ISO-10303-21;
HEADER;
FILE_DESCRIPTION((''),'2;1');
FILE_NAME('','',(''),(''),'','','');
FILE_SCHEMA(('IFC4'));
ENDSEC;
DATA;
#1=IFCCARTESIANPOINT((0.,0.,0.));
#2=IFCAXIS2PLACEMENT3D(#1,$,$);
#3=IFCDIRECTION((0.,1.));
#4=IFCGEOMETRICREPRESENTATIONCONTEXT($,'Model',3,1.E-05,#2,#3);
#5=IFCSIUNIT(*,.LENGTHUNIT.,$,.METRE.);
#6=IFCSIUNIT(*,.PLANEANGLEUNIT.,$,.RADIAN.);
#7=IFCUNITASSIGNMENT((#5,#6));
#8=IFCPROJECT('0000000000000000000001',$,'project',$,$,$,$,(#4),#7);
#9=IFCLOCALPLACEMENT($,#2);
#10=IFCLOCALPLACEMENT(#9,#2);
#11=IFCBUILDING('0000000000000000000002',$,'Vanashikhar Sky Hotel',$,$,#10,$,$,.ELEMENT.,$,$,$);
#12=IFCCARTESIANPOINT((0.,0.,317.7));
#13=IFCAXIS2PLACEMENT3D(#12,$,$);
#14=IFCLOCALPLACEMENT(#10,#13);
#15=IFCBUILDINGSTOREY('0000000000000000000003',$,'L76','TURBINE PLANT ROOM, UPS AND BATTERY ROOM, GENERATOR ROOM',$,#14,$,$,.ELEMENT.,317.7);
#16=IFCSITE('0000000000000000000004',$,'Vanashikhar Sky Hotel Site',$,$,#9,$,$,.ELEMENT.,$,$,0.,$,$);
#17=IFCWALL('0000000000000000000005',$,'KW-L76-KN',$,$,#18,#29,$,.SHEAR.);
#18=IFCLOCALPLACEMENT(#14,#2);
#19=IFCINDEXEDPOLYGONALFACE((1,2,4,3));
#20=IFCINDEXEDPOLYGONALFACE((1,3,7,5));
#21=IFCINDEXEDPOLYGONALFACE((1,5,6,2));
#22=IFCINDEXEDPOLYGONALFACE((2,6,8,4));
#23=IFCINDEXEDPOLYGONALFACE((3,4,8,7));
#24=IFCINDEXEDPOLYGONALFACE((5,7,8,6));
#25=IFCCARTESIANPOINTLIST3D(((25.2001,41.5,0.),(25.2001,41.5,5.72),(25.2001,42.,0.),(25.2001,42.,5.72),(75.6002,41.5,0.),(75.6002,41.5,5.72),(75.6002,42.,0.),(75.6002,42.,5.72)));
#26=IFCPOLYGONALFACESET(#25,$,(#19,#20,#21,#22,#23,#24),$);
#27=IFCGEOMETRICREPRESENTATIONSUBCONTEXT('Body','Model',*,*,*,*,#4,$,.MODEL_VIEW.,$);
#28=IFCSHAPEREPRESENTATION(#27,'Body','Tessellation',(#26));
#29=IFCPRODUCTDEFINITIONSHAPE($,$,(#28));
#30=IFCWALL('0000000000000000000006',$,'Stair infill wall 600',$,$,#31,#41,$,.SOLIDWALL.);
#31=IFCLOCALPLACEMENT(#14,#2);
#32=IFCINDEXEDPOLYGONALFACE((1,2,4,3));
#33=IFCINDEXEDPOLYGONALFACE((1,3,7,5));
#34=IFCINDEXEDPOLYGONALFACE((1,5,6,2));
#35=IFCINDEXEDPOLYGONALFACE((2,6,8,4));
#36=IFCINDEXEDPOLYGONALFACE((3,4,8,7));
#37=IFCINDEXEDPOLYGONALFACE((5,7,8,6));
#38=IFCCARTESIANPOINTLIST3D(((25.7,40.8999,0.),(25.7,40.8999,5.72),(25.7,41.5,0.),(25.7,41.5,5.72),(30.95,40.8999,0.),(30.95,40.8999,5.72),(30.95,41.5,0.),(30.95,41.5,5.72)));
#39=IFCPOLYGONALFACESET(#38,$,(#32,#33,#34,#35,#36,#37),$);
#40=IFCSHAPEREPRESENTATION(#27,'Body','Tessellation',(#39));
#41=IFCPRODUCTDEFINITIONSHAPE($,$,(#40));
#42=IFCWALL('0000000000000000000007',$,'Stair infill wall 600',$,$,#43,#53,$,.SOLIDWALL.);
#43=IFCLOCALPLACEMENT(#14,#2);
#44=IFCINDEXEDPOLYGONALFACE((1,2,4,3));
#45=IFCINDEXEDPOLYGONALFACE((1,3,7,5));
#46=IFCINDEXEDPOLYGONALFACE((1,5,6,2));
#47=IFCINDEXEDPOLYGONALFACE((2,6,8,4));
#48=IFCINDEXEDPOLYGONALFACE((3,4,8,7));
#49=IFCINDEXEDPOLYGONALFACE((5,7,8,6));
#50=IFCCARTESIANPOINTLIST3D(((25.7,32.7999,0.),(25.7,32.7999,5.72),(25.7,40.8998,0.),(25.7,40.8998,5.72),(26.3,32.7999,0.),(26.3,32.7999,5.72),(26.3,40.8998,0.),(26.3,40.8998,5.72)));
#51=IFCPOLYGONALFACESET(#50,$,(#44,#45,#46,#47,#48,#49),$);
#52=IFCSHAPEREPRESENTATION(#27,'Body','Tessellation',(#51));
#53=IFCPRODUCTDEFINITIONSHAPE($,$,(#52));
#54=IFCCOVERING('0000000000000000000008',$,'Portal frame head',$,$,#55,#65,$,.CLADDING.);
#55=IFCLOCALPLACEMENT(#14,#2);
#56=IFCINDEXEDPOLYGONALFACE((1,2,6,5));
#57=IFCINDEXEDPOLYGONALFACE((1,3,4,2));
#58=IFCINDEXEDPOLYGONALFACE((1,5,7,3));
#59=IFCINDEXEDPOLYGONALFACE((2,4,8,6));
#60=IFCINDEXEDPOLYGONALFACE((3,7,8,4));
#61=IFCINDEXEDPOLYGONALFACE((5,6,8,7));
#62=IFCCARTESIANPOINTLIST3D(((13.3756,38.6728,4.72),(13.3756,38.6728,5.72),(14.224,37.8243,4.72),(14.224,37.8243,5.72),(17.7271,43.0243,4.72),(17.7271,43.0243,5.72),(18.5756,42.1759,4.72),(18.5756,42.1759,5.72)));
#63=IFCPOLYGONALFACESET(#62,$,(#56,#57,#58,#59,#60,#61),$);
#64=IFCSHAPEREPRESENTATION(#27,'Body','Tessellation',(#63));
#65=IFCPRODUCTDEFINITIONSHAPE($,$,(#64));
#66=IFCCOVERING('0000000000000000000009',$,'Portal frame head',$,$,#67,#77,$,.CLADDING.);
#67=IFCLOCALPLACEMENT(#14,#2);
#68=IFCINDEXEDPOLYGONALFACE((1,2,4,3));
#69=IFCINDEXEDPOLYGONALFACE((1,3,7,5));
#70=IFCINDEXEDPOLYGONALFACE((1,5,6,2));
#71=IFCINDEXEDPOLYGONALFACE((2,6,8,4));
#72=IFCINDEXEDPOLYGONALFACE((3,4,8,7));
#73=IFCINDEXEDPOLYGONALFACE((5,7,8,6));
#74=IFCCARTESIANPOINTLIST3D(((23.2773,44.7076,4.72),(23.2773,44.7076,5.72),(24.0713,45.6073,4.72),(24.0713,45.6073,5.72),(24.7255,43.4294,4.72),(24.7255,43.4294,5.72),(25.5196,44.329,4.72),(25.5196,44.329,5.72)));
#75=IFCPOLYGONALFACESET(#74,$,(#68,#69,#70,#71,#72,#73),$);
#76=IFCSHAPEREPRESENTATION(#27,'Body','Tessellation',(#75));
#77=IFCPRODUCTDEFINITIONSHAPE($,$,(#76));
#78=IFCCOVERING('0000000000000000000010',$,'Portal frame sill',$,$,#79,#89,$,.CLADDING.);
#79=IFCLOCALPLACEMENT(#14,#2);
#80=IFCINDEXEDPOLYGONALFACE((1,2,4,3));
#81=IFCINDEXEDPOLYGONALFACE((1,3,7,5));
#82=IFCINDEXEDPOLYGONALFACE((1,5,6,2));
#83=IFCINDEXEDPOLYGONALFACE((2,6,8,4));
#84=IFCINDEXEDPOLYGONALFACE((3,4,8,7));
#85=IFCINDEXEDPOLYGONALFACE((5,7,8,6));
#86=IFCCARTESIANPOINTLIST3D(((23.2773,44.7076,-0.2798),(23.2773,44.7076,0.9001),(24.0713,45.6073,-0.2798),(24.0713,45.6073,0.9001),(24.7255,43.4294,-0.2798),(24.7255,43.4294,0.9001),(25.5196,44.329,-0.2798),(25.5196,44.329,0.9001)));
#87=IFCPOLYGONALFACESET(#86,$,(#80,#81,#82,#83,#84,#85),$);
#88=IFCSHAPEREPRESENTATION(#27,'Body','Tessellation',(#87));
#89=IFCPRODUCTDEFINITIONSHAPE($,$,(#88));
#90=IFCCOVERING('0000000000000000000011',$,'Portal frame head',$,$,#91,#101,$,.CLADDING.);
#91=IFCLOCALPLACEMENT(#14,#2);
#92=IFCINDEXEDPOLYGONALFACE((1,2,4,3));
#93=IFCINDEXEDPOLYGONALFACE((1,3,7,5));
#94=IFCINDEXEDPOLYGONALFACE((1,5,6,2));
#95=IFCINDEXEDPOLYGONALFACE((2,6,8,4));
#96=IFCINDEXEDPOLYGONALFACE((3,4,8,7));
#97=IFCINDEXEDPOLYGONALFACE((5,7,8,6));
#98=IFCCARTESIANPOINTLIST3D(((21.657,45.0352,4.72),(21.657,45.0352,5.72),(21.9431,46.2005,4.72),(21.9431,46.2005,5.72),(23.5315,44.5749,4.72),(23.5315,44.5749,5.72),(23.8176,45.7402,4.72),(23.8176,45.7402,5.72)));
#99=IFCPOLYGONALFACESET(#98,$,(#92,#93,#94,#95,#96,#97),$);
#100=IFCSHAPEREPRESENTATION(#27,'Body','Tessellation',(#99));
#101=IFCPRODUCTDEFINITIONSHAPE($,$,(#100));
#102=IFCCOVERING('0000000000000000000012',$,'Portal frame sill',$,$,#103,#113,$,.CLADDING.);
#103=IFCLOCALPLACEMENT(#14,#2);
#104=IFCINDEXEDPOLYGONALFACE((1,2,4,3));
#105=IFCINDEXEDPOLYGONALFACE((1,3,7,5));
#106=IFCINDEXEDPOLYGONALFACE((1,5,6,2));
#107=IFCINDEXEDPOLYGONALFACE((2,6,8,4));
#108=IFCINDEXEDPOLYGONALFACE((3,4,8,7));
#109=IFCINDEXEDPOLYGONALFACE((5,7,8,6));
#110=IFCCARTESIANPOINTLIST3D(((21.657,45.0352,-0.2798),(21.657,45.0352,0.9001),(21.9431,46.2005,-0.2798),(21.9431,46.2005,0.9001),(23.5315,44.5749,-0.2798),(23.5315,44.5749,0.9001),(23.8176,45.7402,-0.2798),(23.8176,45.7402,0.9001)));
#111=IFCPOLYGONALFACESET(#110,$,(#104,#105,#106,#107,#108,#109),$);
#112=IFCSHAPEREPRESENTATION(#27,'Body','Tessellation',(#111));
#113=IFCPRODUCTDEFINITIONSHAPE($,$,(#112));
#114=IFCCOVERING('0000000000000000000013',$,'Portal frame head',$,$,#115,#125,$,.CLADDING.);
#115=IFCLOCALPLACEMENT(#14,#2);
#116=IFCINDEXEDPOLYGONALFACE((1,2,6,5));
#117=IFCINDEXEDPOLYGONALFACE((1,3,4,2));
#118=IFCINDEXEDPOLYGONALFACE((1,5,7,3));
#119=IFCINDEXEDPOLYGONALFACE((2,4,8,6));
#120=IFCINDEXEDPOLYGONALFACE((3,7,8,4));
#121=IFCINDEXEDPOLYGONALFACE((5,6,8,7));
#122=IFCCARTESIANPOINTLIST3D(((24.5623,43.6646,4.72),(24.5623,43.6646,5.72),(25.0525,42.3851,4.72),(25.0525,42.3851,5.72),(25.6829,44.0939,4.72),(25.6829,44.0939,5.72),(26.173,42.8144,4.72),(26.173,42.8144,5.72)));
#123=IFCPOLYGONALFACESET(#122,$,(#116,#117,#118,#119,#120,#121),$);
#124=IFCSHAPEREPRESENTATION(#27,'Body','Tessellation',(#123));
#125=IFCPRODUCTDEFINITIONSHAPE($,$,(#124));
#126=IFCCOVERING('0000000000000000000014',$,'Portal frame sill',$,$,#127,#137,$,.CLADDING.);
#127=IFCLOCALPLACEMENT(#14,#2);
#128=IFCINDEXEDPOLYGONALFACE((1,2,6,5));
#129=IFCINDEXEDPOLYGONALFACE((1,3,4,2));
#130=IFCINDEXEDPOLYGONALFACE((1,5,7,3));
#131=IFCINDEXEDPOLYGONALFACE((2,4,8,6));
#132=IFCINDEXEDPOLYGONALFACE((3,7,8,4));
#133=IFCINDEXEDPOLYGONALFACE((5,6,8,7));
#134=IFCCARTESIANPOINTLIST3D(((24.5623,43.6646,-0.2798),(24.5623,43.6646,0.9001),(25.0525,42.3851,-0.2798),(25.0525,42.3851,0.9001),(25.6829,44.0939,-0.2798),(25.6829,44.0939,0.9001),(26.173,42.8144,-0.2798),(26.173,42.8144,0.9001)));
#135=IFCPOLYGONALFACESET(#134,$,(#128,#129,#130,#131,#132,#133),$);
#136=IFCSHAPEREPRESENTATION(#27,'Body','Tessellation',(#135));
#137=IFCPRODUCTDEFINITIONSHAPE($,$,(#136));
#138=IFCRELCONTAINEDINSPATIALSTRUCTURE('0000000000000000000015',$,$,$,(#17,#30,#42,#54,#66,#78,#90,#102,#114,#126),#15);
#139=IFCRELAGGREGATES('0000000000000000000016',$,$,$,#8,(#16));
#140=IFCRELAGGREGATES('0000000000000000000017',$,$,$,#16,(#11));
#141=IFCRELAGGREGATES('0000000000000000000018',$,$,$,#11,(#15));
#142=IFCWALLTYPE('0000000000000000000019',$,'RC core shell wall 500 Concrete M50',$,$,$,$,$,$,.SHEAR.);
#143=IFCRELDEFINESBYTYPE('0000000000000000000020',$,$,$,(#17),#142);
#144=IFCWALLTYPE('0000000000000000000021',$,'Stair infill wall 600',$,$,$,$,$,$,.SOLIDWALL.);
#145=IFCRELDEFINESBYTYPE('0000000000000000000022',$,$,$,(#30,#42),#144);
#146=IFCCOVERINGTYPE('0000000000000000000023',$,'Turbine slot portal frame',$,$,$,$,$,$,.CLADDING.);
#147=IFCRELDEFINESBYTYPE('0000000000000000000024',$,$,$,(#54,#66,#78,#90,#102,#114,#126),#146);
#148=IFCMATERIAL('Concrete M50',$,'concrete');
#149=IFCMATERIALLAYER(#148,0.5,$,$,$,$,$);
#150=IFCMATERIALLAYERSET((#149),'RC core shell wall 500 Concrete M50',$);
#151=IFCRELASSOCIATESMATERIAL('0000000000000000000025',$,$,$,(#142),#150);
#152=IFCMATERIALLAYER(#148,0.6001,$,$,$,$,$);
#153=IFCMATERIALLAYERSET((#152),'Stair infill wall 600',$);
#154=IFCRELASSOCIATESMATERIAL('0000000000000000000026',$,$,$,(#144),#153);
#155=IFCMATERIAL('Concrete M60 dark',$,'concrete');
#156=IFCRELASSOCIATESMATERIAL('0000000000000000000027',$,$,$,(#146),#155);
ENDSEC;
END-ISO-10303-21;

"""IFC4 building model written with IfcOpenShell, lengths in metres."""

from ifc_helpers import new_model, si_unit, direction, frame, frame_2d, origin, origin_2d, place, context, subcontext, project, spatial, rectangle, extrude, source, transform, mapped, material, layer, layer_set, type_object, element, save


model = new_model("IFC4")

# Units and contexts
model_context = context("Model", 3, precision=1e-05, world=origin(), true_north=direction((0.0, 1.0)))
body_context = subcontext(model_context, "Body", "Model", "MODEL_VIEW")
ifc_project = project(units=[si_unit("LENGTHUNIT", "METRE"), si_unit("PLANEANGLEUNIT", "RADIAN")], contexts=[model_context])

# Site, building, storey
site_placement = place(None, origin())
site = spatial("IfcSite", under=ifc_project, at=site_placement, Name="Vanashikhar Sky Hotel Site", CompositionType="ELEMENT", RefElevation=0.0)
building_placement = place(site_placement, origin())
building = spatial("IfcBuilding", under=site, at=building_placement, Name="Vanashikhar Sky Hotel", CompositionType="ELEMENT")
storey_placement = place(building_placement, frame((0.0, 0.0, 317.7)))
storey = spatial("IfcBuildingStorey", under=building, at=storey_placement, Name="L76", Description="TURBINE PLANT ROOM, UPS AND BATTERY ROOM, GENERATOR ROOM", CompositionType="ELEMENT", Elevation=317.7)

# Walls
ifc_material_1 = material(Name="Concrete M50", Category="concrete")
ifc_layer_1 = layer(ifc_material_1, 0.5)
ifc_layer_set_1 = layer_set([ifc_layer_1], Name="RC core shell wall 500 Concrete M50")
wall_type_1 = type_object("IfcWallType", Name="RC core shell wall 500 Concrete M50", PredefinedType="SHEAR", material=ifc_layer_set_1)
shared_shape_1 = source(origin(), body_context, "Body", "SweptSolid", [
    extrude(rectangle(XDim=50.4001, YDim=0.5, at=frame_2d((25.2002, 0.0))), origin(), (0.0, 0.0, 1.0), 5.72),
])
wall_1_placement = place(storey_placement, frame((25.2, 41.75, 0.0), z_axis=(0.0, 0.0, 1.0), x_axis=(1.0, 0.0, 0.0)))
element("IfcWall", 1, at=wall_1_placement, inside=storey, type_object=wall_type_1, Name="KW-L76-KN", PredefinedType="SHEAR", context=body_context, shape_type="MappedRepresentation", body=[
    mapped(shared_shape_1, transform((0.0, 0.0, 0.0), scale=1.0)),
])
ifc_layer_2 = layer(ifc_material_1, 0.6001)
ifc_layer_set_2 = layer_set([ifc_layer_2], Name="Stair infill wall 600")
wall_type_2 = type_object("IfcWallType", Name="Stair infill wall 600", PredefinedType="SOLIDWALL", material=ifc_layer_set_2)
shared_shape_2 = source(origin(), body_context, "Body", "SweptSolid", [
    extrude(rectangle(XDim=5.25, YDim=0.6001, at=frame_2d((2.625, 0.0))), origin(), (0.0, 0.0, 1.0), 5.72),
])
wall_2_placement = place(storey_placement, frame((25.7, 41.2, 0.0), z_axis=(0.0, 0.0, 1.0), x_axis=(1.0, 0.0, 0.0)))
element("IfcWall", 2, at=wall_2_placement, inside=storey, type_object=wall_type_2, Name="Stair infill wall 600", PredefinedType="SOLIDWALL", context=body_context, shape_type="MappedRepresentation", body=[
    mapped(shared_shape_2, transform((0.0, 0.0, 0.0), scale=1.0)),
])
shared_shape_3 = source(origin(), body_context, "Body", "SweptSolid", [
    extrude(rectangle(XDim=8.0999, YDim=0.6001, at=frame_2d((4.0498, 0.0))), origin(), (0.0, 0.0, 1.0), 5.72),
])
wall_3_placement = place(storey_placement, frame((26.0, 32.8, 0.0), z_axis=(0.0, 0.0, 1.0), x_axis=(0.0, 1.0, 0.0)))
element("IfcWall", 3, at=wall_3_placement, inside=storey, type_object=wall_type_2, Name="Stair infill wall 600", PredefinedType="SOLIDWALL", context=body_context, shape_type="MappedRepresentation", body=[
    mapped(shared_shape_3, transform((0.0, 0.0, 0.0), scale=1.0)),
])

# Coverings
ifc_material_2 = material(Name="Concrete M60 dark", Category="concrete")
covering_type = type_object("IfcCoveringType", Name="Turbine slot portal frame", PredefinedType="CLADDING", material=ifc_material_2)
shared_shape_4 = source(origin(), body_context, "Body", "SweptSolid", [
    extrude(rectangle(XDim=6.1541, YDim=1.2, at=origin_2d()), origin(), (0.0, 0.0, 1.0), 1.0),
])
covering_1_placement = place(storey_placement, frame((15.9756, 40.4243, 4.72), z_axis=(0.0, 0.0, 1.0), x_axis=(-0.707107, -0.707107, 0.0)))
element("IfcCovering", 4, at=covering_1_placement, inside=storey, type_object=covering_type, Name="Portal frame head", PredefinedType="CLADDING", context=body_context, shape_type="MappedRepresentation", body=[
    mapped(shared_shape_4, transform((0.0, 0.0, 0.0), scale=1.0)),
])
shared_shape_5 = source(origin(), body_context, "Body", "SweptSolid", [
    extrude(rectangle(XDim=1.9316, YDim=1.2, at=origin_2d()), origin(), (0.0, 0.0, 1.0), 1.0),
])
covering_2_placement = place(storey_placement, frame((24.3984, 44.5183, 4.72), z_axis=(0.0, 0.0, 1.0), x_axis=(-0.749742, 0.661731, 0.0)))
element("IfcCovering", 5, at=covering_2_placement, inside=storey, type_object=covering_type, Name="Portal frame head", PredefinedType="CLADDING", context=body_context, shape_type="MappedRepresentation", body=[
    mapped(shared_shape_5, transform((0.0, 0.0, 0.0), scale=1.0)),
])
shared_shape_6 = source(origin(), body_context, "Body", "SweptSolid", [
    extrude(rectangle(XDim=1.9316, YDim=1.2, at=origin_2d()), origin(), (0.0, 0.0, 1.0), 1.1799),
])
covering_3_placement = place(storey_placement, frame((24.3984, 44.5183, -0.2798), z_axis=(0.0, 0.0, 1.0), x_axis=(-0.749742, 0.661731, 0.0)))
element("IfcCovering", 6, at=covering_3_placement, inside=storey, type_object=covering_type, Name="Portal frame sill", PredefinedType="CLADDING", context=body_context, shape_type="MappedRepresentation", body=[
    mapped(shared_shape_6, transform((0.0, 0.0, 0.0), scale=1.0)),
])
shared_shape_7 = source(origin(), body_context, "Body", "SweptSolid", [
    extrude(rectangle(XDim=1.9302, YDim=1.2, at=origin_2d()), origin(), (0.0, 0.0, 1.0), 1.0),
])
covering_4_placement = place(storey_placement, frame((22.7373, 45.3877, 4.72), z_axis=(0.0, 0.0, 1.0), x_axis=(-0.971147, 0.238483, 0.0)))
element("IfcCovering", 7, at=covering_4_placement, inside=storey, type_object=covering_type, Name="Portal frame head", PredefinedType="CLADDING", context=body_context, shape_type="MappedRepresentation", body=[
    mapped(shared_shape_7, transform((0.0, 0.0, 0.0), scale=1.0)),
])
shared_shape_8 = source(origin(), body_context, "Body", "SweptSolid", [
    extrude(rectangle(XDim=1.9302, YDim=1.2, at=origin_2d()), origin(), (0.0, 0.0, 1.0), 1.1799),
])
covering_5_placement = place(storey_placement, frame((22.7373, 45.3877, -0.2798), z_axis=(0.0, 0.0, 1.0), x_axis=(-0.971147, 0.238483, 0.0)))
element("IfcCovering", 8, at=covering_5_placement, inside=storey, type_object=covering_type, Name="Portal frame sill", PredefinedType="CLADDING", context=body_context, shape_type="MappedRepresentation", body=[
    mapped(shared_shape_8, transform((0.0, 0.0, 0.0), scale=1.0)),
])
shared_shape_9 = source(origin(), body_context, "Body", "SweptSolid", [
    extrude(rectangle(XDim=1.3701, YDim=1.2, at=origin_2d()), origin(), (0.0, 0.0, 1.0), 1.0),
])
covering_6_placement = place(storey_placement, frame((25.3677, 43.2395, 4.72), z_axis=(0.0, 0.0, 1.0), x_axis=(-0.357749, 0.933818, 0.0)))
element("IfcCovering", 9, at=covering_6_placement, inside=storey, type_object=covering_type, Name="Portal frame head", PredefinedType="CLADDING", context=body_context, shape_type="MappedRepresentation", body=[
    mapped(shared_shape_9, transform((0.0, 0.0, 0.0), scale=1.0)),
])
shared_shape_10 = source(origin(), body_context, "Body", "SweptSolid", [
    extrude(rectangle(XDim=1.3701, YDim=1.2, at=origin_2d()), origin(), (0.0, 0.0, 1.0), 1.1799),
])
covering_7_placement = place(storey_placement, frame((25.3677, 43.2395, -0.2798), z_axis=(0.0, 0.0, 1.0), x_axis=(-0.357749, 0.933818, 0.0)))
element("IfcCovering", 10, at=covering_7_placement, inside=storey, type_object=covering_type, Name="Portal frame sill", PredefinedType="CLADDING", context=body_context, shape_type="MappedRepresentation", body=[
    mapped(shared_shape_10, transform((0.0, 0.0, 0.0), scale=1.0)),
])

save(model, "model.ifc")
